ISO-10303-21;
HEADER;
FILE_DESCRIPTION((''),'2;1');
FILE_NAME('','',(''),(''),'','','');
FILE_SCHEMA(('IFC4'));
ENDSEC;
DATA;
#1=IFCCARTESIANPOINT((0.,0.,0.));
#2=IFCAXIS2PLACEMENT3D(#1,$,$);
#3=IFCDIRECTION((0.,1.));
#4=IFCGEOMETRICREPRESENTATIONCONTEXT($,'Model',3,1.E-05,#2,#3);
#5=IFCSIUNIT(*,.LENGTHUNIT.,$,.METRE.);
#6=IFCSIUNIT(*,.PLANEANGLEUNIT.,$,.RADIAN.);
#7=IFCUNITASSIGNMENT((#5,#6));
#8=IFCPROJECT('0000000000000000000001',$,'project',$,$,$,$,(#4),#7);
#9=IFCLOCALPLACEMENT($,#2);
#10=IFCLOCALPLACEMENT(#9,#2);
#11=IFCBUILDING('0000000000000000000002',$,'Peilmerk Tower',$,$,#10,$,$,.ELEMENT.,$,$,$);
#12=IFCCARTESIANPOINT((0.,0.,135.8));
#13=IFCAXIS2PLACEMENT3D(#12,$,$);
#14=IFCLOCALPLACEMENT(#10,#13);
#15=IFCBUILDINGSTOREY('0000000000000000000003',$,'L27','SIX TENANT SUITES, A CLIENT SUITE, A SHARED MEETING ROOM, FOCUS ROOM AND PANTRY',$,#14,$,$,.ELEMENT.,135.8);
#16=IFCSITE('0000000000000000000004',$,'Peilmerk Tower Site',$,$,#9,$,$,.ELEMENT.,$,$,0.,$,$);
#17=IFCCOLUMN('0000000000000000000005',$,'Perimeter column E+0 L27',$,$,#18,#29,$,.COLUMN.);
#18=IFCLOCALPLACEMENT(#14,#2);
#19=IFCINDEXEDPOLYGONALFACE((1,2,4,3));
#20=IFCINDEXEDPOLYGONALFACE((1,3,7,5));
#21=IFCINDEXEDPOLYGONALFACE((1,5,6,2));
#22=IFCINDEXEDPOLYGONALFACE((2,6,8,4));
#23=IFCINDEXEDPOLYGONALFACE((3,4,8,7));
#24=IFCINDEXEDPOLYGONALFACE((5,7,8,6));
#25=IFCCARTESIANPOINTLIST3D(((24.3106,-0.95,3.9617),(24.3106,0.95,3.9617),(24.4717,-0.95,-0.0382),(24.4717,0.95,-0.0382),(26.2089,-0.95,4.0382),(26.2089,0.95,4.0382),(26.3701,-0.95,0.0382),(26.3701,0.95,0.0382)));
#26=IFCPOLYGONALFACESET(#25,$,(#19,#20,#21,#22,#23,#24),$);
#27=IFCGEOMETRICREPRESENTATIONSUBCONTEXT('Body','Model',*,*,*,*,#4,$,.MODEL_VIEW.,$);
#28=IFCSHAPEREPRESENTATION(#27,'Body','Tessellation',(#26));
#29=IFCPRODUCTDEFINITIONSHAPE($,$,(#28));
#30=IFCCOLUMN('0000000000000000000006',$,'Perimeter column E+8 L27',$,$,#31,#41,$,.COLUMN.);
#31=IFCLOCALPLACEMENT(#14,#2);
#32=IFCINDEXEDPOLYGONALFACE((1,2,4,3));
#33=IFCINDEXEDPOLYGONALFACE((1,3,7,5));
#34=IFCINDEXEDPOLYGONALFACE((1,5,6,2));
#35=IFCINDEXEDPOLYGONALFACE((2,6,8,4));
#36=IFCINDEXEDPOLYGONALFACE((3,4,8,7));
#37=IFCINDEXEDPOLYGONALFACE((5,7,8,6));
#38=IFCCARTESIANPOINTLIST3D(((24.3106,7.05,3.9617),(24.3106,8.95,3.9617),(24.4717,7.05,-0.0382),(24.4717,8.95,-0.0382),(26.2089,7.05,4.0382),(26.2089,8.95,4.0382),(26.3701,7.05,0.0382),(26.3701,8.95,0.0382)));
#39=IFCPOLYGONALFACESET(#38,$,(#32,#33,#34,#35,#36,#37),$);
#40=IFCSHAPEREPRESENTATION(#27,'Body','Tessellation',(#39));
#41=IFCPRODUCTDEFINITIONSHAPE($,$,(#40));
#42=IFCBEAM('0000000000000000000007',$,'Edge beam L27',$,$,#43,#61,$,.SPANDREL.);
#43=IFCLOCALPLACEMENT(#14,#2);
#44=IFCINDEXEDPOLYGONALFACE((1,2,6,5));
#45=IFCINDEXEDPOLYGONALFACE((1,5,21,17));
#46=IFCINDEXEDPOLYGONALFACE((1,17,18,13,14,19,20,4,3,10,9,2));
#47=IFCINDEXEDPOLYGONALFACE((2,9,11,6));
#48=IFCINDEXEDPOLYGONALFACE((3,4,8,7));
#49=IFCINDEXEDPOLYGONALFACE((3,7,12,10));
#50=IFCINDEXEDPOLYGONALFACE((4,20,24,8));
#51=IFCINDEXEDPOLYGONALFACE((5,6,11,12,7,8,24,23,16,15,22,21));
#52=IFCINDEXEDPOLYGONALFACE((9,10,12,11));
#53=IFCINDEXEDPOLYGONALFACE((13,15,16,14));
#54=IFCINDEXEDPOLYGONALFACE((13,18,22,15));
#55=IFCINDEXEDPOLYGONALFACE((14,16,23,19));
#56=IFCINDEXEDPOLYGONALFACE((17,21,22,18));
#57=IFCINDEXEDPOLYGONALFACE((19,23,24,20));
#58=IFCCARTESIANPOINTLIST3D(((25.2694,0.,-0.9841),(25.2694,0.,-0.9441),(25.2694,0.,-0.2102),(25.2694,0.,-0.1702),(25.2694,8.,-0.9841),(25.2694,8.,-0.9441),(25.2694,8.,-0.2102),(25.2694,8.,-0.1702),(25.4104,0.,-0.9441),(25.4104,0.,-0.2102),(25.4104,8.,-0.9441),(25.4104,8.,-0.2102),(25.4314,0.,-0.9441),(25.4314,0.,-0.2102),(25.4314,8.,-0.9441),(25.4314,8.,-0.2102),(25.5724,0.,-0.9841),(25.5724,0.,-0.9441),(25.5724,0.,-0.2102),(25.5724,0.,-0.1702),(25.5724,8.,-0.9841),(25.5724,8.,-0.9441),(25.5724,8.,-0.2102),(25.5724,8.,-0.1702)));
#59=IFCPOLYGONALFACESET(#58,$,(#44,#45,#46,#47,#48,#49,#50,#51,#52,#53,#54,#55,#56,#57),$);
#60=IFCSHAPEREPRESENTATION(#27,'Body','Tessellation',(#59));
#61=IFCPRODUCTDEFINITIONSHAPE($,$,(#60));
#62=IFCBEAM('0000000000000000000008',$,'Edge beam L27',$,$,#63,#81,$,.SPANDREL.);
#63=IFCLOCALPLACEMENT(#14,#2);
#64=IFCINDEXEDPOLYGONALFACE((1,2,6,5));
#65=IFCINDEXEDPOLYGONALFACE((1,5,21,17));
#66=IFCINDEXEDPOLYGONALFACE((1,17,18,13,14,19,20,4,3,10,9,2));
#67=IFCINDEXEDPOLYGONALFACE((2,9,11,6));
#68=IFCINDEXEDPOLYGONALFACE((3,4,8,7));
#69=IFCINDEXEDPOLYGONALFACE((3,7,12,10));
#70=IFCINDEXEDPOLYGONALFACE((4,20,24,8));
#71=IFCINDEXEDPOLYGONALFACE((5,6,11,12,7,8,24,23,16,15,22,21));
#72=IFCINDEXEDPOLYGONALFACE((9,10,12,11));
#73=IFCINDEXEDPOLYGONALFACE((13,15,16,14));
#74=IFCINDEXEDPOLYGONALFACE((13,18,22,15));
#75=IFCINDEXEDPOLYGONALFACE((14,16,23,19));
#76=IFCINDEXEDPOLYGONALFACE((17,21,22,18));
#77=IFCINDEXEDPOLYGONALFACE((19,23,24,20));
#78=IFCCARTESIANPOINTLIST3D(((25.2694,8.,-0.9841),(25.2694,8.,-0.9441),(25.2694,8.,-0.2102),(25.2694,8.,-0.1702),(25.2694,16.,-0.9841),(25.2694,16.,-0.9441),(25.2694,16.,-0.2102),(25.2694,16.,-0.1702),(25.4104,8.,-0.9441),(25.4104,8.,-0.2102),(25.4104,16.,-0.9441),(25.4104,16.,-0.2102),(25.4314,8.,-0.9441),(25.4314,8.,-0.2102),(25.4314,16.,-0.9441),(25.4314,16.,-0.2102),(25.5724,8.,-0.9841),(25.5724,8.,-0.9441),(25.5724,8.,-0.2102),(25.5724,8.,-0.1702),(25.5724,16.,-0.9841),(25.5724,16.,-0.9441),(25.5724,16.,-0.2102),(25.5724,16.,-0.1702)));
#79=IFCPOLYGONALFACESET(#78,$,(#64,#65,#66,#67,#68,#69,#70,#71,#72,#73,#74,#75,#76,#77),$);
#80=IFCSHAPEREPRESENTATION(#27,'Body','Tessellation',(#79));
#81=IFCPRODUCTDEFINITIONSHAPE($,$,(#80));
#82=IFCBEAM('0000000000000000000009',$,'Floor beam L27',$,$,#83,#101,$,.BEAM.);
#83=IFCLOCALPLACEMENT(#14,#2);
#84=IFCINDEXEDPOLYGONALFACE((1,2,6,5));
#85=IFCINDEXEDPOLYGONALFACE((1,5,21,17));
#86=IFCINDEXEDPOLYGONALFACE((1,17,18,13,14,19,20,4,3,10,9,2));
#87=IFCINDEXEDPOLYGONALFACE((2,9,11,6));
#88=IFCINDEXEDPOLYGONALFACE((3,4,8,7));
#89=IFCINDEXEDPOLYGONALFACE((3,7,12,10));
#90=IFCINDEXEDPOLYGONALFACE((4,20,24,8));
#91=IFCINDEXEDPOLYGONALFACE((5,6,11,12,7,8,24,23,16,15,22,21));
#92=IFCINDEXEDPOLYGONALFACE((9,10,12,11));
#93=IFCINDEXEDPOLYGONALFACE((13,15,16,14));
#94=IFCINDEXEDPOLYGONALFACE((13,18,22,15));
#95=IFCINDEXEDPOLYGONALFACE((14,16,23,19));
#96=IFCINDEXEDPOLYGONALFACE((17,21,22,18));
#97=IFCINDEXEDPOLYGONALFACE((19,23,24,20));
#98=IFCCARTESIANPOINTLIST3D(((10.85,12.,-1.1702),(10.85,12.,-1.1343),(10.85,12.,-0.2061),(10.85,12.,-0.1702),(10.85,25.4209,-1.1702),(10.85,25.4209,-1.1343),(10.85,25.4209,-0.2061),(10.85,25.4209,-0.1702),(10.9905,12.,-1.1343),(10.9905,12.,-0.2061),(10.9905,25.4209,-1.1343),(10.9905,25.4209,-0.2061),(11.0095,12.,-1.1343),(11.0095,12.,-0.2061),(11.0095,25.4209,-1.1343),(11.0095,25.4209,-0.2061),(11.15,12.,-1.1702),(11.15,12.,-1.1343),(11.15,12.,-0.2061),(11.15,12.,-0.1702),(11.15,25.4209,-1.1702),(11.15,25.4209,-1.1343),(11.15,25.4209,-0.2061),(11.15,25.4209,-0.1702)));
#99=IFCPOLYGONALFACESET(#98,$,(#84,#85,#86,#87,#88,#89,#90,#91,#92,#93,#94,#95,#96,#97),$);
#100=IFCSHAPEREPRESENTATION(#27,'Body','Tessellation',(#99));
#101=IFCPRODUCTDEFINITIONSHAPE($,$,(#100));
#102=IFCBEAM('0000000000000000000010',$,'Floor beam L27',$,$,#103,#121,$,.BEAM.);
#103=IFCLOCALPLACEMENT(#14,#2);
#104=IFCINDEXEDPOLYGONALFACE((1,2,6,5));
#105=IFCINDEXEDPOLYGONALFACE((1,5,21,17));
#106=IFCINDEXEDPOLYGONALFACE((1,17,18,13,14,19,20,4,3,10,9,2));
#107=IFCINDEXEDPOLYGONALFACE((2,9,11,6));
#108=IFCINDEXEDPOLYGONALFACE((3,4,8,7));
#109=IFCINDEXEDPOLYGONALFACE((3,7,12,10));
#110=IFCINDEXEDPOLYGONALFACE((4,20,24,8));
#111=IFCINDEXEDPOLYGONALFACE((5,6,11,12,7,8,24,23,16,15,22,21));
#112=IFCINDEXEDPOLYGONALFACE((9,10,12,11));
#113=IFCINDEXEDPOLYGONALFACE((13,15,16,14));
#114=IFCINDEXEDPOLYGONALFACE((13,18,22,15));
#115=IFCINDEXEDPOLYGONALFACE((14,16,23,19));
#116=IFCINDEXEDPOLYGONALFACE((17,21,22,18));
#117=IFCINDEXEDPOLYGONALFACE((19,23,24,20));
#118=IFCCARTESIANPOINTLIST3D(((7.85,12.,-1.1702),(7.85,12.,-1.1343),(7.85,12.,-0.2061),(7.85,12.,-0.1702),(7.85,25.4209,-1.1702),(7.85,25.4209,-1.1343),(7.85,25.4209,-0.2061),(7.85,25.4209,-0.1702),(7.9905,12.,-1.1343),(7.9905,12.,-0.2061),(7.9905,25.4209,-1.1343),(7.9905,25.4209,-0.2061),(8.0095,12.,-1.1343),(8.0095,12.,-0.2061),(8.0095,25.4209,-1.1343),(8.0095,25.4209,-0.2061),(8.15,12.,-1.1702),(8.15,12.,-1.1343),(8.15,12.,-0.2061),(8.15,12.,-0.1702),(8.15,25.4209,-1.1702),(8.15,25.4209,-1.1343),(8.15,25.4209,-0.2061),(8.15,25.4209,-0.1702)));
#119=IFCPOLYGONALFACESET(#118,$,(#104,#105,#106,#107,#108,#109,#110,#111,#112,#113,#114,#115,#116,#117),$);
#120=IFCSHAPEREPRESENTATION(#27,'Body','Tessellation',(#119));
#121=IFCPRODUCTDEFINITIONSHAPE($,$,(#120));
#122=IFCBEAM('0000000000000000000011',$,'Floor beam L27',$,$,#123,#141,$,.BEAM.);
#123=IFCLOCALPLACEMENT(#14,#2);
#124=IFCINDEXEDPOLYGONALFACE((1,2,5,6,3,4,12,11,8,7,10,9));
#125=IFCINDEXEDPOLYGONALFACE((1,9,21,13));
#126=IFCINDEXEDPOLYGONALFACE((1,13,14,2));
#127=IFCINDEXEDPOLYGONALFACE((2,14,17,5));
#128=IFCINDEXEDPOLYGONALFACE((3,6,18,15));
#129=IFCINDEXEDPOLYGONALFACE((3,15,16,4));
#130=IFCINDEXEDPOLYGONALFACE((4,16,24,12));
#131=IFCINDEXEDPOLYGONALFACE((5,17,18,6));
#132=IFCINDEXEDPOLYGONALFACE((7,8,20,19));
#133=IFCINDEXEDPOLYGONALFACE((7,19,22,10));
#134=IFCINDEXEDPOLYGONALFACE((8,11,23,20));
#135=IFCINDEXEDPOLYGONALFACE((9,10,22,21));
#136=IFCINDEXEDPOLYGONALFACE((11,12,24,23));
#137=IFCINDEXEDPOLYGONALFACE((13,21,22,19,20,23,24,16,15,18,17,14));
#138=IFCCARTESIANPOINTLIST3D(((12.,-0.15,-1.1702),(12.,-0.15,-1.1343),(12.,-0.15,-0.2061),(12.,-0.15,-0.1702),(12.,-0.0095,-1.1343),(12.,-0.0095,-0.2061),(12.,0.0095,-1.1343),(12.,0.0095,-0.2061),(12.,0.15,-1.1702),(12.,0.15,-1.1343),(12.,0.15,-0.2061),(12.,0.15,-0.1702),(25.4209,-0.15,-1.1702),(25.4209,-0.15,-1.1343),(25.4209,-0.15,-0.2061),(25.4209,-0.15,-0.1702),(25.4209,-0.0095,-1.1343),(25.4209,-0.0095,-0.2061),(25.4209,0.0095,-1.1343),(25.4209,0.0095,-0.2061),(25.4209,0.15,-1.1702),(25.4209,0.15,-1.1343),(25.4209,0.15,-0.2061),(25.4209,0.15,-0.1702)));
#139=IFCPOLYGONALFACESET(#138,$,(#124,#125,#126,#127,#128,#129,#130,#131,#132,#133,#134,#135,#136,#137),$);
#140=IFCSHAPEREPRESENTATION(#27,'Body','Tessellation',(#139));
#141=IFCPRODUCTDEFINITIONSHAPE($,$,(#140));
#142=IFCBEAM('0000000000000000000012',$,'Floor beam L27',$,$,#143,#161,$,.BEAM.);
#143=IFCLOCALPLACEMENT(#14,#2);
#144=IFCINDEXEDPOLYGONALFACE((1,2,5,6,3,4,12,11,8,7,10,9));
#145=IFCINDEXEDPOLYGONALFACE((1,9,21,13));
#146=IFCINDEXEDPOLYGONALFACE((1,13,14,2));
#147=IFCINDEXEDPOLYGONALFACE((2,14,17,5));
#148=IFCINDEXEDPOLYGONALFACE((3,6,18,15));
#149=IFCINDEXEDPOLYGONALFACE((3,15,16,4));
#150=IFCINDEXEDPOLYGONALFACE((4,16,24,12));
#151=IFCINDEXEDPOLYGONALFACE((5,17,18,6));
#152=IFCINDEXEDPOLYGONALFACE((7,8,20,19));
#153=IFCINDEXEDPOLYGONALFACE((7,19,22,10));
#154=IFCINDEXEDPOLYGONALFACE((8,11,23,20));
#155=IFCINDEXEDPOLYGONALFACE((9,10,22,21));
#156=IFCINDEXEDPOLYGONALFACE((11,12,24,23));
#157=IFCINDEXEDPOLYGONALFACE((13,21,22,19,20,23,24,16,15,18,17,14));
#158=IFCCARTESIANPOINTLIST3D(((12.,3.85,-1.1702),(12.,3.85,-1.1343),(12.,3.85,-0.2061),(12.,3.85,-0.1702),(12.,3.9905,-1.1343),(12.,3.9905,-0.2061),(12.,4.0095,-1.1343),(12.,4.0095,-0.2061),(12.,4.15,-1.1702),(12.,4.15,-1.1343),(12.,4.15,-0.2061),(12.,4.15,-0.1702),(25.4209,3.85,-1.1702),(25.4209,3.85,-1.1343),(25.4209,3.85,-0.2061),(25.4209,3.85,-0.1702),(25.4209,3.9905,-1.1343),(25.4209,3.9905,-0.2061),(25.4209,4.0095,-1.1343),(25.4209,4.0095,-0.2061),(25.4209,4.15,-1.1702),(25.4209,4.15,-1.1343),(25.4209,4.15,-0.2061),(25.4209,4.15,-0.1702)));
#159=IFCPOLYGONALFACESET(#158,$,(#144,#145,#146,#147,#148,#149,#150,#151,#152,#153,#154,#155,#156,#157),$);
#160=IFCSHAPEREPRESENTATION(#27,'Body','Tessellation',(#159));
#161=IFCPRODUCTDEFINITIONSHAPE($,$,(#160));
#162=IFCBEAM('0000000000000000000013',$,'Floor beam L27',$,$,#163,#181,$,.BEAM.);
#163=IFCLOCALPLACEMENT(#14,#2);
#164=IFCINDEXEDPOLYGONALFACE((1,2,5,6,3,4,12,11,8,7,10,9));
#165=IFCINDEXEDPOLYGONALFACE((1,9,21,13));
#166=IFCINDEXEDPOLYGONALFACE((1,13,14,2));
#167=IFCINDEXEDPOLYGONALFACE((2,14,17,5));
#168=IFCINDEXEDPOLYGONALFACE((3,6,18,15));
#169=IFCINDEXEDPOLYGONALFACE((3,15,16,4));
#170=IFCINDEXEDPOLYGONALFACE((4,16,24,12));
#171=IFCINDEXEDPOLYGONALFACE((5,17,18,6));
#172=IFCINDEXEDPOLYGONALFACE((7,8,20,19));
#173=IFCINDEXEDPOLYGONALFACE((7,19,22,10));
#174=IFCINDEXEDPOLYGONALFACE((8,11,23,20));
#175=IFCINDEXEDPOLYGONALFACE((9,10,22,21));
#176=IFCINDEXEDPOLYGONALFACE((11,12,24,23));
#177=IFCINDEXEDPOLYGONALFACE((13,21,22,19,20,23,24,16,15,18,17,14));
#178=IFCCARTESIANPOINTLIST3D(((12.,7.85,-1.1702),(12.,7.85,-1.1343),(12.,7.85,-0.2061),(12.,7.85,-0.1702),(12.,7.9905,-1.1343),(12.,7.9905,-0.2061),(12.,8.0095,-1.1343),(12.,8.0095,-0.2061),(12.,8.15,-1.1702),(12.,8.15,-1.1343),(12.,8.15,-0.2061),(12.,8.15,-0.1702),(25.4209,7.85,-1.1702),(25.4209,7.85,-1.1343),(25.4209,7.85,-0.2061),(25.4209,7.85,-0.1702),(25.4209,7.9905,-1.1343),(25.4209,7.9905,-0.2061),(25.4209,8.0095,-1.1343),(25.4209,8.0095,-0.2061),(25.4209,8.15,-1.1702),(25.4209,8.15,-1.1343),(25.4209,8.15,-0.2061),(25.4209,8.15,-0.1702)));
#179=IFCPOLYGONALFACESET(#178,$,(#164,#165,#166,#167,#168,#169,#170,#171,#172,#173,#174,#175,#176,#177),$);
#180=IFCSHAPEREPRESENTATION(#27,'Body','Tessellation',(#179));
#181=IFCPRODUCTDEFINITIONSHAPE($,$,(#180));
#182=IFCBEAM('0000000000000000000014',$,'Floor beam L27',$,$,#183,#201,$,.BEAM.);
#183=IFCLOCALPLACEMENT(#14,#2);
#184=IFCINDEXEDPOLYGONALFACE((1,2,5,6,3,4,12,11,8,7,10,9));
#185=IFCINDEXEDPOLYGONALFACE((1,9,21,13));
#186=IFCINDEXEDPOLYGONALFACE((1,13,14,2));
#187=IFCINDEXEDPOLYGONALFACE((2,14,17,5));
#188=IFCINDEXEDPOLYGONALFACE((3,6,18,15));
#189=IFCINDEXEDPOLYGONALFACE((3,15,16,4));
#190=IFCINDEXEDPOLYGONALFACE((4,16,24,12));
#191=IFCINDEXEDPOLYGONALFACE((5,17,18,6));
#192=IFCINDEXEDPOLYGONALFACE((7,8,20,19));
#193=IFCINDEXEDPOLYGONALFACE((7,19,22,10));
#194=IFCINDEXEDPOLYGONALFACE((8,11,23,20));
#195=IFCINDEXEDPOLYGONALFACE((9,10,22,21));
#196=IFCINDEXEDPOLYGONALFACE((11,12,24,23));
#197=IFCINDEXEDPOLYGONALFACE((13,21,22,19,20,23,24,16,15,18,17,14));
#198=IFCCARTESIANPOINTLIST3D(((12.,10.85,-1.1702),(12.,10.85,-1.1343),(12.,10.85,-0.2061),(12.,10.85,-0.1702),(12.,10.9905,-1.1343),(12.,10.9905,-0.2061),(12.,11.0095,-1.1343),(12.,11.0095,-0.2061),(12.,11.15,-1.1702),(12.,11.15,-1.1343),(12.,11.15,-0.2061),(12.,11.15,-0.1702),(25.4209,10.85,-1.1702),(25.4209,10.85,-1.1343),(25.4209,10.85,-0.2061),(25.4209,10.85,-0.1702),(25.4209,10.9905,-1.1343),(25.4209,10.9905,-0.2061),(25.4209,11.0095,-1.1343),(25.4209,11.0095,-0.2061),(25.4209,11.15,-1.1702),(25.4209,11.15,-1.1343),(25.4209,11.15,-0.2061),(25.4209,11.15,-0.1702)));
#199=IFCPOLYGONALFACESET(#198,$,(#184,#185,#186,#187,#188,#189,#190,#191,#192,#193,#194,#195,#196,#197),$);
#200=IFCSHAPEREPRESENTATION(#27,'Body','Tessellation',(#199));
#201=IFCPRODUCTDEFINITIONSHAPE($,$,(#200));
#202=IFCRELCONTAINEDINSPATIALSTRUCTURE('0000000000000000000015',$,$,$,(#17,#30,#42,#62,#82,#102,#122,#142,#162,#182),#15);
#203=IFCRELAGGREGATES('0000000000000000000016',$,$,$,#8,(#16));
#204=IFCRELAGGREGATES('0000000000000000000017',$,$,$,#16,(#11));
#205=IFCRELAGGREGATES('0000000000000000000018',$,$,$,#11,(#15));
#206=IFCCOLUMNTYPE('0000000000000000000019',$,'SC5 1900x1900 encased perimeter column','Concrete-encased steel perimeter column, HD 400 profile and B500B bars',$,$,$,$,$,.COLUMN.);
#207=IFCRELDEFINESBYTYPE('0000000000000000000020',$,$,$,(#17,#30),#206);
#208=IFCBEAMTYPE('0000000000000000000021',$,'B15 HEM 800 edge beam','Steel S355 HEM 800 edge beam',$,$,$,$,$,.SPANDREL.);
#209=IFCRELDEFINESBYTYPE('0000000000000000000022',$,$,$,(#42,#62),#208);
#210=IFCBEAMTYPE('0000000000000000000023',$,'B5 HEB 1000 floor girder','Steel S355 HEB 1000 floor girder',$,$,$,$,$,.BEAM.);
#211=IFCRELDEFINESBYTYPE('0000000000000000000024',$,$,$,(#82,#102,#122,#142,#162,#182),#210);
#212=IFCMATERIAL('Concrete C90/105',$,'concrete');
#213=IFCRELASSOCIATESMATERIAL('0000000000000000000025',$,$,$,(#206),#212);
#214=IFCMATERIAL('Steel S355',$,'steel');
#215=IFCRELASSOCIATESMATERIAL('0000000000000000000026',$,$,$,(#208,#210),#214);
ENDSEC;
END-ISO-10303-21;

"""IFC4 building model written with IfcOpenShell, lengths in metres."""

from ifc_helpers import new_model, si_unit, direction, frame, origin, origin_2d, place, context, subcontext, project, spatial, rectangle, i_section, extrude, material, material_profile, profile_set, type_object, element, save


model = new_model("IFC4")

# Units and contexts
model_context = context("Model", 3, precision=1e-05, world=origin(), true_north=direction((0.0, 1.0)))
body_context = subcontext(model_context, "Body", "Model", "MODEL_VIEW")
ifc_project = project(units=[si_unit("LENGTHUNIT", "METRE"), si_unit("PLANEANGLEUNIT", "RADIAN")], contexts=[model_context])

# Site, building, storey
site_placement = place(None, origin())
site = spatial("IfcSite", under=ifc_project, at=site_placement, Name="Peilmerk Tower Site", CompositionType="ELEMENT", RefElevation=0.0)
building_placement = place(site_placement, origin())
building = spatial("IfcBuilding", under=site, at=building_placement, Name="Peilmerk Tower", CompositionType="ELEMENT")
storey_placement = place(building_placement, frame((0.0, 0.0, 135.8)))
storey = spatial("IfcBuildingStorey", under=building, at=storey_placement, Name="L27", Description="SIX TENANT SUITES, A CLIENT SUITE, A SHARED MEETING ROOM, FOCUS ROOM AND PANTRY", CompositionType="ELEMENT", Elevation=135.8)

# Columns
ifc_material_1 = material(Name="Concrete C90/105", Category="concrete")
ifc_material_profile_1 = material_profile(ifc_material_1, rectangle(XDim=1.8999, YDim=1.8999, at=origin_2d()), Name="RC 1900x1900")
ifc_profile_set_1 = profile_set([ifc_material_profile_1], Name="Concrete C90/105")
column_type = type_object("IfcColumnType", Name="SC5 1900x1900 encased perimeter column", Description="Concrete-encased steel perimeter column, HD 400 profile and B500B bars", PredefinedType="COLUMN", material=ifc_profile_set_1)
for number, where, z_axis, x_axis, name in (
    (1, (25.4209, 0.0, 0.0), (-0.040251, 0.0, 0.99919), (0.0, -1.0, 0.0), "Perimeter column E+0 L27"),
    (2, (25.4209, 8.0, 0.0), (-0.040251, 0.0, 0.99919), (0.0, -1.0, 0.0), "Perimeter column E+8 L27"),
):
    element("IfcColumn", number, at=place(storey_placement, frame(where, z_axis=z_axis, x_axis=x_axis)), inside=storey, type_object=column_type, Name=name, PredefinedType="COLUMN", context=body_context, shape_type="SweptSolid", body=[
        extrude(rectangle(XDim=1.8999, YDim=1.8999, at=origin_2d()), origin(), (0.0, 0.0, 1.0), 4.0032),
    ])

# Beams
ifc_material_2 = material(Name="Steel S355", Category="steel")
ifc_material_profile_2 = material_profile(ifc_material_2, i_section(OverallWidth=0.303, OverallDepth=0.814, WebThickness=0.021, FlangeThickness=0.04, at=origin_2d()), Name="HEM 800")
ifc_profile_set_2 = profile_set([ifc_material_profile_2], Name="Steel S355")
beam_type_1 = type_object("IfcBeamType", Name="B15 HEM 800 edge beam", Description="Steel S355 HEM 800 edge beam", PredefinedType="SPANDREL", material=ifc_profile_set_2)
for number, where, z_axis, x_axis, name in (
    (3, (25.4209, 0.0, -0.5771), (0.0, 1.0, 0.0), (-1.0, 0.0, 0.0), "Edge beam L27"),
    (4, (25.4209, 8.0, -0.5771), (0.0, 1.0, 0.0), (-1.0, 0.0, 0.0), "Edge beam L27"),
):
    element("IfcBeam", number, at=place(storey_placement, frame(where, z_axis=z_axis, x_axis=x_axis)), inside=storey, type_object=beam_type_1, Name=name, PredefinedType="SPANDREL", context=body_context, shape_type="SweptSolid", body=[
        extrude(i_section(OverallWidth=0.303, OverallDepth=0.814, WebThickness=0.021, FlangeThickness=0.04, at=origin_2d()), origin(), (0.0, 0.0, 1.0), 8.0),
    ])
ifc_material_profile_3 = material_profile(ifc_material_2, i_section(OverallWidth=0.3, OverallDepth=1.0, WebThickness=0.019, FlangeThickness=0.0359, at=origin_2d()), Name="HEB 1000")
ifc_profile_set_3 = profile_set([ifc_material_profile_3], Name="Steel S355")
beam_type_2 = type_object("IfcBeamType", Name="B5 HEB 1000 floor girder", Description="Steel S355 HEB 1000 floor girder", PredefinedType="BEAM", material=ifc_profile_set_3)
for number, where, z_axis, x_axis, name in (
    (5, (11.0, 12.0, -0.6702), (0.0, 1.0, 0.0), (-1.0, 0.0, 0.0), "Floor beam L27"),
    (6, (8.0, 12.0, -0.6702), (0.0, 1.0, 0.0), (-1.0, 0.0, 0.0), "Floor beam L27"),
    (7, (12.0, 0.0, -0.6702), (1.0, 0.0, 0.0), (0.0, 1.0, 0.0), "Floor beam L27"),
    (8, (12.0, 4.0, -0.6702), (1.0, 0.0, 0.0), (0.0, 1.0, 0.0), "Floor beam L27"),
    (9, (12.0, 8.0, -0.6702), (1.0, 0.0, 0.0), (0.0, 1.0, 0.0), "Floor beam L27"),
    (10, (12.0, 11.0, -0.6702), (1.0, 0.0, 0.0), (0.0, 1.0, 0.0), "Floor beam L27"),
):
    element("IfcBeam", number, at=place(storey_placement, frame(where, z_axis=z_axis, x_axis=x_axis)), inside=storey, type_object=beam_type_2, Name=name, PredefinedType="BEAM", context=body_context, shape_type="SweptSolid", body=[
        extrude(i_section(OverallWidth=0.3, OverallDepth=1.0, WebThickness=0.019, FlangeThickness=0.0359, at=origin_2d()), origin(), (0.0, 0.0, 1.0), 13.4209),
    ])

save(model, "model.ifc")
